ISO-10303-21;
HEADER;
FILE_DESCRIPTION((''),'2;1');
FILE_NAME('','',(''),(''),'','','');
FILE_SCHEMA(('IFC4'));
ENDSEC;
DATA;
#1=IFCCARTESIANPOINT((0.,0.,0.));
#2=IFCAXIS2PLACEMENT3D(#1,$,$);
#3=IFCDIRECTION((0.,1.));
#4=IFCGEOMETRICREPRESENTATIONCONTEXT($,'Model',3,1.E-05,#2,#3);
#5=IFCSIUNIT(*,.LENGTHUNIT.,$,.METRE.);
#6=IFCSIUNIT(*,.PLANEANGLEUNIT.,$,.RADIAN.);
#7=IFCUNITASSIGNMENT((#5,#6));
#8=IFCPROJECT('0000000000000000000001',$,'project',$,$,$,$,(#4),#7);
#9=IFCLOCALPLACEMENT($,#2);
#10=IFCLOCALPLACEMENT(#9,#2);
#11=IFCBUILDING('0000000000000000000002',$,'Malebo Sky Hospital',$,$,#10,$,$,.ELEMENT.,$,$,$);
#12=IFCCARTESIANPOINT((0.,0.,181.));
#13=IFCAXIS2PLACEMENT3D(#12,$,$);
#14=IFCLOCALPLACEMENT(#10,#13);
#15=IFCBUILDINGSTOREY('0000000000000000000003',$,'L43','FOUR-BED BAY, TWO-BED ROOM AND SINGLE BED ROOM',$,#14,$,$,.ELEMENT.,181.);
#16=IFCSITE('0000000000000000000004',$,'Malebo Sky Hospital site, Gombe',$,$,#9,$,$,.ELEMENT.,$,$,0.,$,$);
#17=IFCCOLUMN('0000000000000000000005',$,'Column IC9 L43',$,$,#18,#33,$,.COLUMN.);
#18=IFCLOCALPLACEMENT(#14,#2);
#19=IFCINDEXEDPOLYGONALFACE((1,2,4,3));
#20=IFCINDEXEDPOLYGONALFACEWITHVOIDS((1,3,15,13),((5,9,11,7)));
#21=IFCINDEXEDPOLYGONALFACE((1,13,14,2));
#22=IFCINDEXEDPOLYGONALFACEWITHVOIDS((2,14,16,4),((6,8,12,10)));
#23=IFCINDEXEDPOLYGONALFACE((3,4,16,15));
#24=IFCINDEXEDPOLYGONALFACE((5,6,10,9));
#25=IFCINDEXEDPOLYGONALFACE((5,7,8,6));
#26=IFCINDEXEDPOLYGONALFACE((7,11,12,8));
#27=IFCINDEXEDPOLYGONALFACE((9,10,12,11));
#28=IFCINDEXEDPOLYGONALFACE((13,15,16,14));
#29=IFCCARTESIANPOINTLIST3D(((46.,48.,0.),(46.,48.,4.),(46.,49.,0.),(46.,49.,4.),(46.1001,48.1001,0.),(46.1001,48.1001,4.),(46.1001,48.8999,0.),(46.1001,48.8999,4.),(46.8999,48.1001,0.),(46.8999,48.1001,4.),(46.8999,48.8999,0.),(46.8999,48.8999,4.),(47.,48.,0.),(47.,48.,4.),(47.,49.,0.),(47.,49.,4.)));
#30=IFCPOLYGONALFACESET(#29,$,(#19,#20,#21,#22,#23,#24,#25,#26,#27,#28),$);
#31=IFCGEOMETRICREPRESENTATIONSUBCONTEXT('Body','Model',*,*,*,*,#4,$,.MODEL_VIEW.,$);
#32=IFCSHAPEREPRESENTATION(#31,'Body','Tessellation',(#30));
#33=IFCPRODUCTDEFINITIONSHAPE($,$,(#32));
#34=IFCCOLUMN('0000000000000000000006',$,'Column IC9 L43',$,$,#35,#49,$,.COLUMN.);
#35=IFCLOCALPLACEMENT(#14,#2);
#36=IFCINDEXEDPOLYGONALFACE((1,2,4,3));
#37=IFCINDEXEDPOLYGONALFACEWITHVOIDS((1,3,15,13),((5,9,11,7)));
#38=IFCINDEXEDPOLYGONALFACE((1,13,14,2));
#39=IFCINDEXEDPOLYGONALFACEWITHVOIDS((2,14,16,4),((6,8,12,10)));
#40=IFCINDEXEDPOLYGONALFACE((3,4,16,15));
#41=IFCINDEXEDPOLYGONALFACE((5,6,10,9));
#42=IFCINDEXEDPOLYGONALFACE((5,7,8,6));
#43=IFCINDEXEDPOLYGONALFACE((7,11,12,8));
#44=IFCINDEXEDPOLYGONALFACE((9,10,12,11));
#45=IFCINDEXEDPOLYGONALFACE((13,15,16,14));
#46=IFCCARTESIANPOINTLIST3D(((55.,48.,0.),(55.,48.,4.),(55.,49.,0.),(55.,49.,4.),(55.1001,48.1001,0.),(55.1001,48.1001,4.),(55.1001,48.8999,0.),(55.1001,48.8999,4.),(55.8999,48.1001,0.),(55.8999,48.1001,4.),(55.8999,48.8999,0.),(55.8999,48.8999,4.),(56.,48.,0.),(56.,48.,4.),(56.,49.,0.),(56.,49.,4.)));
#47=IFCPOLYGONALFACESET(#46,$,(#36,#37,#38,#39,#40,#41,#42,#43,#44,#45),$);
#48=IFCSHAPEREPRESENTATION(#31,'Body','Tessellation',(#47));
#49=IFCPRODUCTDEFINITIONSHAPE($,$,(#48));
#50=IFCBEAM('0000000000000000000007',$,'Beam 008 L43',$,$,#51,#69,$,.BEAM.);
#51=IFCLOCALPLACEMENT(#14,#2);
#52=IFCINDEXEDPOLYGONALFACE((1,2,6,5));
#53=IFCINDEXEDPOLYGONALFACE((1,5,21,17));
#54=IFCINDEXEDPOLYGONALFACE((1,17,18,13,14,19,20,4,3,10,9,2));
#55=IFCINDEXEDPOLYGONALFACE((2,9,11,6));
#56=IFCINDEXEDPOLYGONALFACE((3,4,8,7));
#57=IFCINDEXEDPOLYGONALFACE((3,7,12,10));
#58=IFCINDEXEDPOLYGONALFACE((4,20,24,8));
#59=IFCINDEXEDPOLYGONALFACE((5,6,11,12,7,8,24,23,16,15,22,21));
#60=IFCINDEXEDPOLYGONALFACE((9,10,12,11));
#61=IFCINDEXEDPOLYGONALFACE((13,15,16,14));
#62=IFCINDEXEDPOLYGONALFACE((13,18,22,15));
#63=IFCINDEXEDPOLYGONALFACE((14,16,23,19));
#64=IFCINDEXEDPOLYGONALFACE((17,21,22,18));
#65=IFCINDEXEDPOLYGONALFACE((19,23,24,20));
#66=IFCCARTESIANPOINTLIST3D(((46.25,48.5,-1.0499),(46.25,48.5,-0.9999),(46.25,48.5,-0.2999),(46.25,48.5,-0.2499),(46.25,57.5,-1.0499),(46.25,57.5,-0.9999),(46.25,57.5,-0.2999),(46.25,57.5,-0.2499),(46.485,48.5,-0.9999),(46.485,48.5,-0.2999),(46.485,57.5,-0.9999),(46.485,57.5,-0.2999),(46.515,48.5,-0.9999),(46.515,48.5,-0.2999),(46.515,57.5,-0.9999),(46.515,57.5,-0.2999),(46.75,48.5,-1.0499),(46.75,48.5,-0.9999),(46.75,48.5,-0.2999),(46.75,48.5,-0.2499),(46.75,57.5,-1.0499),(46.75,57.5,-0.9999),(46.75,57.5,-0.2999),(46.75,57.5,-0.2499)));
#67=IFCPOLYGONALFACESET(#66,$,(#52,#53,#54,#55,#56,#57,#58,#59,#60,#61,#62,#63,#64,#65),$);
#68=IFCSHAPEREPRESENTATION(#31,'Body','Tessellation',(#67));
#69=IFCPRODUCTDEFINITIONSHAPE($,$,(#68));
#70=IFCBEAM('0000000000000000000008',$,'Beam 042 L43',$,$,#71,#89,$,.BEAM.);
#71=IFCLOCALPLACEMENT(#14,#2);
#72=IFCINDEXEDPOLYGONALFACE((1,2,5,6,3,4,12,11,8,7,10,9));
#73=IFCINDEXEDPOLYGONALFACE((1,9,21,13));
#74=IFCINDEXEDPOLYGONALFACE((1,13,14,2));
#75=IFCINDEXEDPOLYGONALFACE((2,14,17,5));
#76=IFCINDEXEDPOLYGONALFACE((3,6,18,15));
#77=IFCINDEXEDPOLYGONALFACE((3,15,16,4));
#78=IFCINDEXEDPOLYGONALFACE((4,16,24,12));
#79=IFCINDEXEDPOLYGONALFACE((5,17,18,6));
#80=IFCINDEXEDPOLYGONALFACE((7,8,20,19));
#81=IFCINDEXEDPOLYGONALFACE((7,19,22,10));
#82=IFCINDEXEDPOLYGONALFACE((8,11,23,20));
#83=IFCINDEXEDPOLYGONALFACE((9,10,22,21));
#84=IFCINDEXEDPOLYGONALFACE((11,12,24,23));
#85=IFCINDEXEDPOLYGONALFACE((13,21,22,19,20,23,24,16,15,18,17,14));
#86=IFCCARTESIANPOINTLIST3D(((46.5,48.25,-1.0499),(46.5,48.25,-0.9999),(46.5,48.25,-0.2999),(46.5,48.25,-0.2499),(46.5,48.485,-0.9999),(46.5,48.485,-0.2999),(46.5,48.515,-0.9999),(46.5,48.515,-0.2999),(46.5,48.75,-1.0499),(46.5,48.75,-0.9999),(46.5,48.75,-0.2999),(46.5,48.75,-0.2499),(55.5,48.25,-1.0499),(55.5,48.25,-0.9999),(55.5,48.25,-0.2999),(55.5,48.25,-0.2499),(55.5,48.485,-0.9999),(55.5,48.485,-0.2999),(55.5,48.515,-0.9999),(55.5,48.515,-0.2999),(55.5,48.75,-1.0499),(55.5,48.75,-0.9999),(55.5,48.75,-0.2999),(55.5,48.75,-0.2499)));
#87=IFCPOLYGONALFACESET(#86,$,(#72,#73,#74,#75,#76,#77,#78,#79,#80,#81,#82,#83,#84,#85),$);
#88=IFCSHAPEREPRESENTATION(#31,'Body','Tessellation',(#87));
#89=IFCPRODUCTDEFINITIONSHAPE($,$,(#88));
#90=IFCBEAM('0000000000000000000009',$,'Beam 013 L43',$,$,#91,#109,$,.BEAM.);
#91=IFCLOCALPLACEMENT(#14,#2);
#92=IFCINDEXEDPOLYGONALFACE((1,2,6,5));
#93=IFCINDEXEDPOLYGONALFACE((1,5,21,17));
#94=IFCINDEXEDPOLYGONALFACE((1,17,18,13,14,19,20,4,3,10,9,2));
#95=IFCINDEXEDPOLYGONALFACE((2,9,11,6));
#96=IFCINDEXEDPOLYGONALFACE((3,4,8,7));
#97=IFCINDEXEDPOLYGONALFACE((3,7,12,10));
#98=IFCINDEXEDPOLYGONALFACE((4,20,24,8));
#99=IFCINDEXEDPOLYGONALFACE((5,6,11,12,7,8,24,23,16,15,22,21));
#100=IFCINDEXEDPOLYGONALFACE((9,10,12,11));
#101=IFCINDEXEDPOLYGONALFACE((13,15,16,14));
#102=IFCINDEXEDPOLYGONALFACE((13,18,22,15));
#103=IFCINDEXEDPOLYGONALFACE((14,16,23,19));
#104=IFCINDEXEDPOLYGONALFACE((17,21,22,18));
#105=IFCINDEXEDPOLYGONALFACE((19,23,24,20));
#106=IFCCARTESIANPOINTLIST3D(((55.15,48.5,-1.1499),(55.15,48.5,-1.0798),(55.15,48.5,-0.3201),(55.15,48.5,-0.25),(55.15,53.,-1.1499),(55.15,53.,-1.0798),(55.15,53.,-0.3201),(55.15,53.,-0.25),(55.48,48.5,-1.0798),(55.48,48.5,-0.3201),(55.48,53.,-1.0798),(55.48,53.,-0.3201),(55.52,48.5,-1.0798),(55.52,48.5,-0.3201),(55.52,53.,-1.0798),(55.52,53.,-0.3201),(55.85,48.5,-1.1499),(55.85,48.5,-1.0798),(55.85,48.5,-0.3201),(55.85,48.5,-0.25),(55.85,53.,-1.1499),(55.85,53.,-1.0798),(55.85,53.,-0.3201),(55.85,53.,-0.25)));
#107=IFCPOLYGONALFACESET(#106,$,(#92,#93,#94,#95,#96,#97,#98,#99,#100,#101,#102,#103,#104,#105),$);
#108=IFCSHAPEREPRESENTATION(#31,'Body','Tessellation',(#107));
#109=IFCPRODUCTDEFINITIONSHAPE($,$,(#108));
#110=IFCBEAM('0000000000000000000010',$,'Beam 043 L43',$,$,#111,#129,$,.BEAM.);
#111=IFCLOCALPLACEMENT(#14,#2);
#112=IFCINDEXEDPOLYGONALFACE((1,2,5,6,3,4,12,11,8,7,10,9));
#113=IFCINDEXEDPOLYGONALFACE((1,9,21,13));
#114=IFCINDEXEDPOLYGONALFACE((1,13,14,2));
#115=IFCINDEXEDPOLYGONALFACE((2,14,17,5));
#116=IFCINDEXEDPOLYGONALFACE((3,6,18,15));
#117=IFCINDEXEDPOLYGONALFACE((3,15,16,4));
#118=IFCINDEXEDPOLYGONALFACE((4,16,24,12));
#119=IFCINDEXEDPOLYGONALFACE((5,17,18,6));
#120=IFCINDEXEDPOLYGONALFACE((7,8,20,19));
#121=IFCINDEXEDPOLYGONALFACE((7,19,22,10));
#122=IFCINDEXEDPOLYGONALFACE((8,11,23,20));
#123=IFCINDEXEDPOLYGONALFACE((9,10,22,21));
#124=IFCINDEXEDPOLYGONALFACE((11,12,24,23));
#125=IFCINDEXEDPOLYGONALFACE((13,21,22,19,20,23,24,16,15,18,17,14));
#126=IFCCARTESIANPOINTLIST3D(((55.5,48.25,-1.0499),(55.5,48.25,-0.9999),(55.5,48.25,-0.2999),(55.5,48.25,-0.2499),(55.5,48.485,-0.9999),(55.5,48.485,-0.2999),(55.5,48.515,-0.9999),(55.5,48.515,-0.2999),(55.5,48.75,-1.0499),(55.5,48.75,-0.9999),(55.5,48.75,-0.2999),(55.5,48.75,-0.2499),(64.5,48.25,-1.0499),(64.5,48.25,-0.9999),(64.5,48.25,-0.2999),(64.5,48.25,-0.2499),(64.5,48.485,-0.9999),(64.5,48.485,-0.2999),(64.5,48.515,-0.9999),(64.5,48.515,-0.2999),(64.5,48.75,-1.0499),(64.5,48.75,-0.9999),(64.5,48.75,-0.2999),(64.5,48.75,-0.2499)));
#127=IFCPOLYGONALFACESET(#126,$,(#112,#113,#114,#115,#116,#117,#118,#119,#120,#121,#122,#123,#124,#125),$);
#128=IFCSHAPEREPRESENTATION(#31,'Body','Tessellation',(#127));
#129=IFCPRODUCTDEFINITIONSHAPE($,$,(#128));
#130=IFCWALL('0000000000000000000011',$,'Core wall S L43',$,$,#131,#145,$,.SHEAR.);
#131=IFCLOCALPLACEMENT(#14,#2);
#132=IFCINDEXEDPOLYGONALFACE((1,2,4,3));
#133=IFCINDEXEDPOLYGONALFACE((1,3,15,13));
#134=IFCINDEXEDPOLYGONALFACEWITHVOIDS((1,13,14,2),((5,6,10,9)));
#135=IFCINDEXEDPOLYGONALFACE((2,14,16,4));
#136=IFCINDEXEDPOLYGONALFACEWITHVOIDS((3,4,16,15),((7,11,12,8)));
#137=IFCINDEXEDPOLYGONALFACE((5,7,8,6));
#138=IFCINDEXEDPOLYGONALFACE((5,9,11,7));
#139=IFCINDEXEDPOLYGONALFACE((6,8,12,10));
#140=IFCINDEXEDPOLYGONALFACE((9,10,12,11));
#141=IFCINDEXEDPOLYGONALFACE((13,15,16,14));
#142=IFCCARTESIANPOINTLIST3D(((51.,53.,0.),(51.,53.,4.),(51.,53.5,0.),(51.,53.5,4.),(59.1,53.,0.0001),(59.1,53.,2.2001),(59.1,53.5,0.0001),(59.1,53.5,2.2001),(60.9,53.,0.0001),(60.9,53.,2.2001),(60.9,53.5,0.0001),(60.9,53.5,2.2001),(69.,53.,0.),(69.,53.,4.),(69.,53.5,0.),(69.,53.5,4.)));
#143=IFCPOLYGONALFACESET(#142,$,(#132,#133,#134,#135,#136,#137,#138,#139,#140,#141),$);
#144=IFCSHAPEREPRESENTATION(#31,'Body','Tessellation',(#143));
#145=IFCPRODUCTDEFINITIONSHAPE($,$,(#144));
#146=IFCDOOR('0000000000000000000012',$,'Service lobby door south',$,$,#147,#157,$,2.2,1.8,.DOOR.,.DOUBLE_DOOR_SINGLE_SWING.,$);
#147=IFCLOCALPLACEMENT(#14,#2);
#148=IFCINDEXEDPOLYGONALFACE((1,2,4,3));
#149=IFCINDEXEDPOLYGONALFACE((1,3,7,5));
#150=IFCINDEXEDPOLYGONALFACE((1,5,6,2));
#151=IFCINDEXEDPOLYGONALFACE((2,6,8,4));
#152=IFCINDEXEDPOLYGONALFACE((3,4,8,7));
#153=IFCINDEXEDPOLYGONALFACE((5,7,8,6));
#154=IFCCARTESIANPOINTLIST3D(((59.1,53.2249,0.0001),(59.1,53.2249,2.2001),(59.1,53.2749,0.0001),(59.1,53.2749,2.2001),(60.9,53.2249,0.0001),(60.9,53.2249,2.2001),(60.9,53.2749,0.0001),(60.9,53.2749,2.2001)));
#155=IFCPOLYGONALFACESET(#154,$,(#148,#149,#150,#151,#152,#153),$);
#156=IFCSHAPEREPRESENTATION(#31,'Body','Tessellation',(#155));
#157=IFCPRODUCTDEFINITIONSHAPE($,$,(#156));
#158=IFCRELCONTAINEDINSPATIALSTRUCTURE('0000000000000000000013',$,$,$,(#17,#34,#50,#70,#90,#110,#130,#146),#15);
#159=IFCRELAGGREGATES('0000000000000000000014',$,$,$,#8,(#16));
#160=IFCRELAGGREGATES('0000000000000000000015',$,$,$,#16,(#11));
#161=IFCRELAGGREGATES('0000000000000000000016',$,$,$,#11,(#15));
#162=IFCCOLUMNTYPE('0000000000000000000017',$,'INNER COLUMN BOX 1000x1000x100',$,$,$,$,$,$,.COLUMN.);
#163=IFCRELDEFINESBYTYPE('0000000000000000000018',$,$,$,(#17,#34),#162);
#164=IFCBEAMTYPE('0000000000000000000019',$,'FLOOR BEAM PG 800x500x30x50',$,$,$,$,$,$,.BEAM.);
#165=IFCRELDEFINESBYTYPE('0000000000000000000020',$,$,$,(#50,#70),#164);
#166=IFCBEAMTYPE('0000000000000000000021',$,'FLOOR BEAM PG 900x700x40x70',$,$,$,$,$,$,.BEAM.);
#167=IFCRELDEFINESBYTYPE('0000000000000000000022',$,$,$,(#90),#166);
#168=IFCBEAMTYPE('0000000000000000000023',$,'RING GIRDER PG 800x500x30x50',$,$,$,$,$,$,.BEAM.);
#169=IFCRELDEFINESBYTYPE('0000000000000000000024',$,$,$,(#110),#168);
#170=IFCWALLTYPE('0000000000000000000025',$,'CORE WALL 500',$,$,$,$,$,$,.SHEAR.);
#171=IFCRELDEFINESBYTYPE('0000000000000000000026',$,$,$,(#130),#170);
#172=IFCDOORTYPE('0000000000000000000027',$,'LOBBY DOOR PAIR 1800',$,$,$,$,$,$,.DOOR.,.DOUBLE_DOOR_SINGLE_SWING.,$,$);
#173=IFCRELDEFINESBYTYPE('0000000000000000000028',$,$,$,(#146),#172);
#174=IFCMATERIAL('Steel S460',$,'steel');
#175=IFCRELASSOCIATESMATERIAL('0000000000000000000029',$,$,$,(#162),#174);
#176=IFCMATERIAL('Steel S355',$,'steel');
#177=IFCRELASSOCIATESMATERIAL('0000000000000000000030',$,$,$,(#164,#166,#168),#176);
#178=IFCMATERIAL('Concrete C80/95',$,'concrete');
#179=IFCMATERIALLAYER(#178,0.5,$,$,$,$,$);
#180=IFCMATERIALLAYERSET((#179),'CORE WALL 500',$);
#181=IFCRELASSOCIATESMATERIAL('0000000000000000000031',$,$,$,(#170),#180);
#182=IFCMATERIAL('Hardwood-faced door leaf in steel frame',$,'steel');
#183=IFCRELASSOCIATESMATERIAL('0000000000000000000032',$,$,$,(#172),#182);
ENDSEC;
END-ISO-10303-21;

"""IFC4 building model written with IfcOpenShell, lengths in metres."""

from ifc_helpers import new_model, si_unit, direction, frame, frame_2d, origin, origin_2d, place, context, subcontext, project, spatial, rectangle, hollow_rectangle, i_section, extrude, material, layer, layer_set, material_profile, profile_set, type_object, element, fill, save


model = new_model("IFC4")

# Units and contexts
model_context = context("Model", 3, precision=1e-05, world=origin(), true_north=direction((0.0, 1.0)))
body_context = subcontext(model_context, "Body", "Model", "MODEL_VIEW")
ifc_project = project(units=[si_unit("LENGTHUNIT", "METRE"), si_unit("PLANEANGLEUNIT", "RADIAN")], contexts=[model_context])

# Site, building, storey
site_placement = place(None, origin())
site = spatial("IfcSite", under=ifc_project, at=site_placement, Name="Malebo Sky Hospital site, Gombe", CompositionType="ELEMENT", RefElevation=0.0)
building_placement = place(site_placement, origin())
building = spatial("IfcBuilding", under=site, at=building_placement, Name="Malebo Sky Hospital", CompositionType="ELEMENT")
storey_placement = place(building_placement, frame((0.0, 0.0, 181.0)))
storey = spatial("IfcBuildingStorey", under=building, at=storey_placement, Name="L43", Description="FOUR-BED BAY, TWO-BED ROOM AND SINGLE BED ROOM", CompositionType="ELEMENT", Elevation=181.0)

# Columns
ifc_material_1 = material(Name="Steel S460", Category="steel")
ifc_material_profile_1 = material_profile(ifc_material_1, hollow_rectangle(XDim=1.0, YDim=1.0, WallThickness=0.1001, at=origin_2d()), Name="BOX 1000x1000x100")
ifc_profile_set_1 = profile_set([ifc_material_profile_1], Name="Steel S460")
column_type = type_object("IfcColumnType", Name="INNER COLUMN BOX 1000x1000x100", PredefinedType="COLUMN", material=ifc_profile_set_1)
for number, where, z_axis, x_axis, name in (
    (1, (46.5, 48.5, 0.0), (0.0, 0.0, 1.0), (1.0, 0.0, 0.0), "Column IC9 L43"),
    (2, (55.5, 48.5, 0.0), (0.0, 0.0, 1.0), (1.0, 0.0, 0.0), "Column IC9 L43"),
):
    element("IfcColumn", number, at=place(storey_placement, frame(where, z_axis=z_axis, x_axis=x_axis)), inside=storey, type_object=column_type, Name=name, PredefinedType="COLUMN", context=body_context, shape_type="SweptSolid", body=[
        extrude(hollow_rectangle(XDim=1.0, YDim=1.0, WallThickness=0.1001, at=origin_2d()), origin(), (0.0, 0.0, 1.0), 4.0),
    ])

# Beams
ifc_material_2 = material(Name="Steel S355", Category="steel")
ifc_material_profile_2 = material_profile(ifc_material_2, i_section(OverallWidth=0.5, OverallDepth=0.8, WebThickness=0.03, FlangeThickness=0.05, at=origin_2d()), Name="PG 800x500x30x50")
ifc_profile_set_2 = profile_set([ifc_material_profile_2], Name="Steel S355")
beam_type_1 = type_object("IfcBeamType", Name="FLOOR BEAM PG 800x500x30x50", PredefinedType="BEAM", material=ifc_profile_set_2)
for number, where, z_axis, x_axis, name in (
    (3, (46.5, 48.5, -0.6499), (0.0, 1.0, 0.0), (-1.0, 0.0, 0.0), "Beam 008 L43"),
    (4, (46.5, 48.5, -0.6499), (1.0, 0.0, 0.0), (0.0, 1.0, 0.0), "Beam 042 L43"),
):
    element("IfcBeam", number, at=place(storey_placement, frame(where, z_axis=z_axis, x_axis=x_axis)), inside=storey, type_object=beam_type_1, Name=name, PredefinedType="BEAM", context=body_context, shape_type="SweptSolid", body=[
        extrude(i_section(OverallWidth=0.5, OverallDepth=0.8, WebThickness=0.03, FlangeThickness=0.05, at=origin_2d()), origin(), (0.0, 0.0, 1.0), 9.0),
    ])
ifc_material_profile_3 = material_profile(ifc_material_2, i_section(OverallWidth=0.7, OverallDepth=0.8999, WebThickness=0.04, FlangeThickness=0.0701, at=origin_2d()), Name="PG 900x700x40x70")
ifc_profile_set_3 = profile_set([ifc_material_profile_3], Name="Steel S355")
beam_type_2 = type_object("IfcBeamType", Name="FLOOR BEAM PG 900x700x40x70", PredefinedType="BEAM", material=ifc_profile_set_3)
beam_1_placement = place(storey_placement, frame((55.5, 48.5, -0.7), z_axis=(0.0, 1.0, 0.0), x_axis=(-1.0, 0.0, 0.0)))
element("IfcBeam", 5, at=beam_1_placement, inside=storey, type_object=beam_type_2, Name="Beam 013 L43", PredefinedType="BEAM", context=body_context, shape_type="SweptSolid", body=[
    extrude(i_section(OverallWidth=0.7, OverallDepth=0.8999, WebThickness=0.04, FlangeThickness=0.0701, at=origin_2d()), origin(), (0.0, 0.0, 1.0), 4.5),
])
ifc_material_profile_4 = material_profile(ifc_material_2, i_section(OverallWidth=0.5, OverallDepth=0.8, WebThickness=0.03, FlangeThickness=0.05, at=origin_2d()), Name="PG 800x500x30x50")
ifc_profile_set_4 = profile_set([ifc_material_profile_4], Name="Steel S355")
beam_type_3 = type_object("IfcBeamType", Name="RING GIRDER PG 800x500x30x50", PredefinedType="BEAM", material=ifc_profile_set_4)
beam_2_placement = place(storey_placement, frame((55.5, 48.5, -0.6499), z_axis=(1.0, 0.0, 0.0), x_axis=(0.0, 1.0, 0.0)))
element("IfcBeam", 6, at=beam_2_placement, inside=storey, type_object=beam_type_3, Name="Beam 043 L43", PredefinedType="BEAM", context=body_context, shape_type="SweptSolid", body=[
    extrude(i_section(OverallWidth=0.5, OverallDepth=0.8, WebThickness=0.03, FlangeThickness=0.05, at=origin_2d()), origin(), (0.0, 0.0, 1.0), 9.0),
])

# Wall, opening, door
ifc_material_3 = material(Name="Concrete C80/95", Category="concrete")
ifc_layer_1 = layer(ifc_material_3, 0.5)
ifc_layer_set_1 = layer_set([ifc_layer_1], Name="CORE WALL 500")
wall_type_1 = type_object("IfcWallType", Name="CORE WALL 500", PredefinedType="SHEAR", material=ifc_layer_set_1)
wall_1_placement = place(storey_placement, frame((51.0, 53.25, 0.0), z_axis=(0.0, 0.0, 1.0), x_axis=(1.0, 0.0, 0.0)))
wall_1 = element("IfcWall", 7, at=wall_1_placement, inside=storey, type_object=wall_type_1, Name="Core wall S L43", PredefinedType="SHEAR", context=body_context, shape_type="SweptSolid", body=[
    extrude(rectangle(XDim=18.0, YDim=0.5, at=frame_2d((9.0, 0.0))), origin(), (0.0, 0.0, 1.0), 4.0),
])
opening_1_placement = place(wall_1_placement, frame((8.1001, 0.0, 0.0)))
opening_1 = element("IfcOpeningElement", 8, at=opening_1_placement, cuts=wall_1, PredefinedType="OPENING", context=body_context, shape_type="SweptSolid", body=[
    extrude(rectangle(XDim=1.8, YDim=2.2, at=frame_2d((0.8999, 1.1001))), frame((0.0, 0.26, 0.0), z_axis=(0.0, -1.0, 0.0), x_axis=(1.0, 0.0, 0.0)), (0.0, 0.0, 1.0), 0.52),
])
ifc_material_4 = material(Name="Hardwood-faced door leaf in steel frame", Category="steel")
door_type_1 = type_object("IfcDoorType", Name="LOBBY DOOR PAIR 1800", OperationType="DOUBLE_DOOR_SINGLE_SWING", PredefinedType="DOOR", material=ifc_material_4)
door_1_placement = place(opening_1_placement, origin())
door_1 = element("IfcDoor", 9, at=door_1_placement, inside=storey, type_object=door_type_1, Name="Service lobby door south", OperationType="DOUBLE_DOOR_SINGLE_SWING", OverallHeight=2.2, OverallWidth=1.8, PredefinedType="DOOR", context=body_context, shape_type="SweptSolid", body=[
    extrude(rectangle(XDim=1.8, YDim=2.2, at=frame_2d((0.8999, 1.1001))), frame((0.0, 0.0249, 0.0), z_axis=(0.0, -1.0, 0.0), x_axis=(1.0, 0.0, 0.0)), (0.0, 0.0, 1.0), 0.05),
])
fill(opening_1, door_1)

save(model, "model.ifc")
